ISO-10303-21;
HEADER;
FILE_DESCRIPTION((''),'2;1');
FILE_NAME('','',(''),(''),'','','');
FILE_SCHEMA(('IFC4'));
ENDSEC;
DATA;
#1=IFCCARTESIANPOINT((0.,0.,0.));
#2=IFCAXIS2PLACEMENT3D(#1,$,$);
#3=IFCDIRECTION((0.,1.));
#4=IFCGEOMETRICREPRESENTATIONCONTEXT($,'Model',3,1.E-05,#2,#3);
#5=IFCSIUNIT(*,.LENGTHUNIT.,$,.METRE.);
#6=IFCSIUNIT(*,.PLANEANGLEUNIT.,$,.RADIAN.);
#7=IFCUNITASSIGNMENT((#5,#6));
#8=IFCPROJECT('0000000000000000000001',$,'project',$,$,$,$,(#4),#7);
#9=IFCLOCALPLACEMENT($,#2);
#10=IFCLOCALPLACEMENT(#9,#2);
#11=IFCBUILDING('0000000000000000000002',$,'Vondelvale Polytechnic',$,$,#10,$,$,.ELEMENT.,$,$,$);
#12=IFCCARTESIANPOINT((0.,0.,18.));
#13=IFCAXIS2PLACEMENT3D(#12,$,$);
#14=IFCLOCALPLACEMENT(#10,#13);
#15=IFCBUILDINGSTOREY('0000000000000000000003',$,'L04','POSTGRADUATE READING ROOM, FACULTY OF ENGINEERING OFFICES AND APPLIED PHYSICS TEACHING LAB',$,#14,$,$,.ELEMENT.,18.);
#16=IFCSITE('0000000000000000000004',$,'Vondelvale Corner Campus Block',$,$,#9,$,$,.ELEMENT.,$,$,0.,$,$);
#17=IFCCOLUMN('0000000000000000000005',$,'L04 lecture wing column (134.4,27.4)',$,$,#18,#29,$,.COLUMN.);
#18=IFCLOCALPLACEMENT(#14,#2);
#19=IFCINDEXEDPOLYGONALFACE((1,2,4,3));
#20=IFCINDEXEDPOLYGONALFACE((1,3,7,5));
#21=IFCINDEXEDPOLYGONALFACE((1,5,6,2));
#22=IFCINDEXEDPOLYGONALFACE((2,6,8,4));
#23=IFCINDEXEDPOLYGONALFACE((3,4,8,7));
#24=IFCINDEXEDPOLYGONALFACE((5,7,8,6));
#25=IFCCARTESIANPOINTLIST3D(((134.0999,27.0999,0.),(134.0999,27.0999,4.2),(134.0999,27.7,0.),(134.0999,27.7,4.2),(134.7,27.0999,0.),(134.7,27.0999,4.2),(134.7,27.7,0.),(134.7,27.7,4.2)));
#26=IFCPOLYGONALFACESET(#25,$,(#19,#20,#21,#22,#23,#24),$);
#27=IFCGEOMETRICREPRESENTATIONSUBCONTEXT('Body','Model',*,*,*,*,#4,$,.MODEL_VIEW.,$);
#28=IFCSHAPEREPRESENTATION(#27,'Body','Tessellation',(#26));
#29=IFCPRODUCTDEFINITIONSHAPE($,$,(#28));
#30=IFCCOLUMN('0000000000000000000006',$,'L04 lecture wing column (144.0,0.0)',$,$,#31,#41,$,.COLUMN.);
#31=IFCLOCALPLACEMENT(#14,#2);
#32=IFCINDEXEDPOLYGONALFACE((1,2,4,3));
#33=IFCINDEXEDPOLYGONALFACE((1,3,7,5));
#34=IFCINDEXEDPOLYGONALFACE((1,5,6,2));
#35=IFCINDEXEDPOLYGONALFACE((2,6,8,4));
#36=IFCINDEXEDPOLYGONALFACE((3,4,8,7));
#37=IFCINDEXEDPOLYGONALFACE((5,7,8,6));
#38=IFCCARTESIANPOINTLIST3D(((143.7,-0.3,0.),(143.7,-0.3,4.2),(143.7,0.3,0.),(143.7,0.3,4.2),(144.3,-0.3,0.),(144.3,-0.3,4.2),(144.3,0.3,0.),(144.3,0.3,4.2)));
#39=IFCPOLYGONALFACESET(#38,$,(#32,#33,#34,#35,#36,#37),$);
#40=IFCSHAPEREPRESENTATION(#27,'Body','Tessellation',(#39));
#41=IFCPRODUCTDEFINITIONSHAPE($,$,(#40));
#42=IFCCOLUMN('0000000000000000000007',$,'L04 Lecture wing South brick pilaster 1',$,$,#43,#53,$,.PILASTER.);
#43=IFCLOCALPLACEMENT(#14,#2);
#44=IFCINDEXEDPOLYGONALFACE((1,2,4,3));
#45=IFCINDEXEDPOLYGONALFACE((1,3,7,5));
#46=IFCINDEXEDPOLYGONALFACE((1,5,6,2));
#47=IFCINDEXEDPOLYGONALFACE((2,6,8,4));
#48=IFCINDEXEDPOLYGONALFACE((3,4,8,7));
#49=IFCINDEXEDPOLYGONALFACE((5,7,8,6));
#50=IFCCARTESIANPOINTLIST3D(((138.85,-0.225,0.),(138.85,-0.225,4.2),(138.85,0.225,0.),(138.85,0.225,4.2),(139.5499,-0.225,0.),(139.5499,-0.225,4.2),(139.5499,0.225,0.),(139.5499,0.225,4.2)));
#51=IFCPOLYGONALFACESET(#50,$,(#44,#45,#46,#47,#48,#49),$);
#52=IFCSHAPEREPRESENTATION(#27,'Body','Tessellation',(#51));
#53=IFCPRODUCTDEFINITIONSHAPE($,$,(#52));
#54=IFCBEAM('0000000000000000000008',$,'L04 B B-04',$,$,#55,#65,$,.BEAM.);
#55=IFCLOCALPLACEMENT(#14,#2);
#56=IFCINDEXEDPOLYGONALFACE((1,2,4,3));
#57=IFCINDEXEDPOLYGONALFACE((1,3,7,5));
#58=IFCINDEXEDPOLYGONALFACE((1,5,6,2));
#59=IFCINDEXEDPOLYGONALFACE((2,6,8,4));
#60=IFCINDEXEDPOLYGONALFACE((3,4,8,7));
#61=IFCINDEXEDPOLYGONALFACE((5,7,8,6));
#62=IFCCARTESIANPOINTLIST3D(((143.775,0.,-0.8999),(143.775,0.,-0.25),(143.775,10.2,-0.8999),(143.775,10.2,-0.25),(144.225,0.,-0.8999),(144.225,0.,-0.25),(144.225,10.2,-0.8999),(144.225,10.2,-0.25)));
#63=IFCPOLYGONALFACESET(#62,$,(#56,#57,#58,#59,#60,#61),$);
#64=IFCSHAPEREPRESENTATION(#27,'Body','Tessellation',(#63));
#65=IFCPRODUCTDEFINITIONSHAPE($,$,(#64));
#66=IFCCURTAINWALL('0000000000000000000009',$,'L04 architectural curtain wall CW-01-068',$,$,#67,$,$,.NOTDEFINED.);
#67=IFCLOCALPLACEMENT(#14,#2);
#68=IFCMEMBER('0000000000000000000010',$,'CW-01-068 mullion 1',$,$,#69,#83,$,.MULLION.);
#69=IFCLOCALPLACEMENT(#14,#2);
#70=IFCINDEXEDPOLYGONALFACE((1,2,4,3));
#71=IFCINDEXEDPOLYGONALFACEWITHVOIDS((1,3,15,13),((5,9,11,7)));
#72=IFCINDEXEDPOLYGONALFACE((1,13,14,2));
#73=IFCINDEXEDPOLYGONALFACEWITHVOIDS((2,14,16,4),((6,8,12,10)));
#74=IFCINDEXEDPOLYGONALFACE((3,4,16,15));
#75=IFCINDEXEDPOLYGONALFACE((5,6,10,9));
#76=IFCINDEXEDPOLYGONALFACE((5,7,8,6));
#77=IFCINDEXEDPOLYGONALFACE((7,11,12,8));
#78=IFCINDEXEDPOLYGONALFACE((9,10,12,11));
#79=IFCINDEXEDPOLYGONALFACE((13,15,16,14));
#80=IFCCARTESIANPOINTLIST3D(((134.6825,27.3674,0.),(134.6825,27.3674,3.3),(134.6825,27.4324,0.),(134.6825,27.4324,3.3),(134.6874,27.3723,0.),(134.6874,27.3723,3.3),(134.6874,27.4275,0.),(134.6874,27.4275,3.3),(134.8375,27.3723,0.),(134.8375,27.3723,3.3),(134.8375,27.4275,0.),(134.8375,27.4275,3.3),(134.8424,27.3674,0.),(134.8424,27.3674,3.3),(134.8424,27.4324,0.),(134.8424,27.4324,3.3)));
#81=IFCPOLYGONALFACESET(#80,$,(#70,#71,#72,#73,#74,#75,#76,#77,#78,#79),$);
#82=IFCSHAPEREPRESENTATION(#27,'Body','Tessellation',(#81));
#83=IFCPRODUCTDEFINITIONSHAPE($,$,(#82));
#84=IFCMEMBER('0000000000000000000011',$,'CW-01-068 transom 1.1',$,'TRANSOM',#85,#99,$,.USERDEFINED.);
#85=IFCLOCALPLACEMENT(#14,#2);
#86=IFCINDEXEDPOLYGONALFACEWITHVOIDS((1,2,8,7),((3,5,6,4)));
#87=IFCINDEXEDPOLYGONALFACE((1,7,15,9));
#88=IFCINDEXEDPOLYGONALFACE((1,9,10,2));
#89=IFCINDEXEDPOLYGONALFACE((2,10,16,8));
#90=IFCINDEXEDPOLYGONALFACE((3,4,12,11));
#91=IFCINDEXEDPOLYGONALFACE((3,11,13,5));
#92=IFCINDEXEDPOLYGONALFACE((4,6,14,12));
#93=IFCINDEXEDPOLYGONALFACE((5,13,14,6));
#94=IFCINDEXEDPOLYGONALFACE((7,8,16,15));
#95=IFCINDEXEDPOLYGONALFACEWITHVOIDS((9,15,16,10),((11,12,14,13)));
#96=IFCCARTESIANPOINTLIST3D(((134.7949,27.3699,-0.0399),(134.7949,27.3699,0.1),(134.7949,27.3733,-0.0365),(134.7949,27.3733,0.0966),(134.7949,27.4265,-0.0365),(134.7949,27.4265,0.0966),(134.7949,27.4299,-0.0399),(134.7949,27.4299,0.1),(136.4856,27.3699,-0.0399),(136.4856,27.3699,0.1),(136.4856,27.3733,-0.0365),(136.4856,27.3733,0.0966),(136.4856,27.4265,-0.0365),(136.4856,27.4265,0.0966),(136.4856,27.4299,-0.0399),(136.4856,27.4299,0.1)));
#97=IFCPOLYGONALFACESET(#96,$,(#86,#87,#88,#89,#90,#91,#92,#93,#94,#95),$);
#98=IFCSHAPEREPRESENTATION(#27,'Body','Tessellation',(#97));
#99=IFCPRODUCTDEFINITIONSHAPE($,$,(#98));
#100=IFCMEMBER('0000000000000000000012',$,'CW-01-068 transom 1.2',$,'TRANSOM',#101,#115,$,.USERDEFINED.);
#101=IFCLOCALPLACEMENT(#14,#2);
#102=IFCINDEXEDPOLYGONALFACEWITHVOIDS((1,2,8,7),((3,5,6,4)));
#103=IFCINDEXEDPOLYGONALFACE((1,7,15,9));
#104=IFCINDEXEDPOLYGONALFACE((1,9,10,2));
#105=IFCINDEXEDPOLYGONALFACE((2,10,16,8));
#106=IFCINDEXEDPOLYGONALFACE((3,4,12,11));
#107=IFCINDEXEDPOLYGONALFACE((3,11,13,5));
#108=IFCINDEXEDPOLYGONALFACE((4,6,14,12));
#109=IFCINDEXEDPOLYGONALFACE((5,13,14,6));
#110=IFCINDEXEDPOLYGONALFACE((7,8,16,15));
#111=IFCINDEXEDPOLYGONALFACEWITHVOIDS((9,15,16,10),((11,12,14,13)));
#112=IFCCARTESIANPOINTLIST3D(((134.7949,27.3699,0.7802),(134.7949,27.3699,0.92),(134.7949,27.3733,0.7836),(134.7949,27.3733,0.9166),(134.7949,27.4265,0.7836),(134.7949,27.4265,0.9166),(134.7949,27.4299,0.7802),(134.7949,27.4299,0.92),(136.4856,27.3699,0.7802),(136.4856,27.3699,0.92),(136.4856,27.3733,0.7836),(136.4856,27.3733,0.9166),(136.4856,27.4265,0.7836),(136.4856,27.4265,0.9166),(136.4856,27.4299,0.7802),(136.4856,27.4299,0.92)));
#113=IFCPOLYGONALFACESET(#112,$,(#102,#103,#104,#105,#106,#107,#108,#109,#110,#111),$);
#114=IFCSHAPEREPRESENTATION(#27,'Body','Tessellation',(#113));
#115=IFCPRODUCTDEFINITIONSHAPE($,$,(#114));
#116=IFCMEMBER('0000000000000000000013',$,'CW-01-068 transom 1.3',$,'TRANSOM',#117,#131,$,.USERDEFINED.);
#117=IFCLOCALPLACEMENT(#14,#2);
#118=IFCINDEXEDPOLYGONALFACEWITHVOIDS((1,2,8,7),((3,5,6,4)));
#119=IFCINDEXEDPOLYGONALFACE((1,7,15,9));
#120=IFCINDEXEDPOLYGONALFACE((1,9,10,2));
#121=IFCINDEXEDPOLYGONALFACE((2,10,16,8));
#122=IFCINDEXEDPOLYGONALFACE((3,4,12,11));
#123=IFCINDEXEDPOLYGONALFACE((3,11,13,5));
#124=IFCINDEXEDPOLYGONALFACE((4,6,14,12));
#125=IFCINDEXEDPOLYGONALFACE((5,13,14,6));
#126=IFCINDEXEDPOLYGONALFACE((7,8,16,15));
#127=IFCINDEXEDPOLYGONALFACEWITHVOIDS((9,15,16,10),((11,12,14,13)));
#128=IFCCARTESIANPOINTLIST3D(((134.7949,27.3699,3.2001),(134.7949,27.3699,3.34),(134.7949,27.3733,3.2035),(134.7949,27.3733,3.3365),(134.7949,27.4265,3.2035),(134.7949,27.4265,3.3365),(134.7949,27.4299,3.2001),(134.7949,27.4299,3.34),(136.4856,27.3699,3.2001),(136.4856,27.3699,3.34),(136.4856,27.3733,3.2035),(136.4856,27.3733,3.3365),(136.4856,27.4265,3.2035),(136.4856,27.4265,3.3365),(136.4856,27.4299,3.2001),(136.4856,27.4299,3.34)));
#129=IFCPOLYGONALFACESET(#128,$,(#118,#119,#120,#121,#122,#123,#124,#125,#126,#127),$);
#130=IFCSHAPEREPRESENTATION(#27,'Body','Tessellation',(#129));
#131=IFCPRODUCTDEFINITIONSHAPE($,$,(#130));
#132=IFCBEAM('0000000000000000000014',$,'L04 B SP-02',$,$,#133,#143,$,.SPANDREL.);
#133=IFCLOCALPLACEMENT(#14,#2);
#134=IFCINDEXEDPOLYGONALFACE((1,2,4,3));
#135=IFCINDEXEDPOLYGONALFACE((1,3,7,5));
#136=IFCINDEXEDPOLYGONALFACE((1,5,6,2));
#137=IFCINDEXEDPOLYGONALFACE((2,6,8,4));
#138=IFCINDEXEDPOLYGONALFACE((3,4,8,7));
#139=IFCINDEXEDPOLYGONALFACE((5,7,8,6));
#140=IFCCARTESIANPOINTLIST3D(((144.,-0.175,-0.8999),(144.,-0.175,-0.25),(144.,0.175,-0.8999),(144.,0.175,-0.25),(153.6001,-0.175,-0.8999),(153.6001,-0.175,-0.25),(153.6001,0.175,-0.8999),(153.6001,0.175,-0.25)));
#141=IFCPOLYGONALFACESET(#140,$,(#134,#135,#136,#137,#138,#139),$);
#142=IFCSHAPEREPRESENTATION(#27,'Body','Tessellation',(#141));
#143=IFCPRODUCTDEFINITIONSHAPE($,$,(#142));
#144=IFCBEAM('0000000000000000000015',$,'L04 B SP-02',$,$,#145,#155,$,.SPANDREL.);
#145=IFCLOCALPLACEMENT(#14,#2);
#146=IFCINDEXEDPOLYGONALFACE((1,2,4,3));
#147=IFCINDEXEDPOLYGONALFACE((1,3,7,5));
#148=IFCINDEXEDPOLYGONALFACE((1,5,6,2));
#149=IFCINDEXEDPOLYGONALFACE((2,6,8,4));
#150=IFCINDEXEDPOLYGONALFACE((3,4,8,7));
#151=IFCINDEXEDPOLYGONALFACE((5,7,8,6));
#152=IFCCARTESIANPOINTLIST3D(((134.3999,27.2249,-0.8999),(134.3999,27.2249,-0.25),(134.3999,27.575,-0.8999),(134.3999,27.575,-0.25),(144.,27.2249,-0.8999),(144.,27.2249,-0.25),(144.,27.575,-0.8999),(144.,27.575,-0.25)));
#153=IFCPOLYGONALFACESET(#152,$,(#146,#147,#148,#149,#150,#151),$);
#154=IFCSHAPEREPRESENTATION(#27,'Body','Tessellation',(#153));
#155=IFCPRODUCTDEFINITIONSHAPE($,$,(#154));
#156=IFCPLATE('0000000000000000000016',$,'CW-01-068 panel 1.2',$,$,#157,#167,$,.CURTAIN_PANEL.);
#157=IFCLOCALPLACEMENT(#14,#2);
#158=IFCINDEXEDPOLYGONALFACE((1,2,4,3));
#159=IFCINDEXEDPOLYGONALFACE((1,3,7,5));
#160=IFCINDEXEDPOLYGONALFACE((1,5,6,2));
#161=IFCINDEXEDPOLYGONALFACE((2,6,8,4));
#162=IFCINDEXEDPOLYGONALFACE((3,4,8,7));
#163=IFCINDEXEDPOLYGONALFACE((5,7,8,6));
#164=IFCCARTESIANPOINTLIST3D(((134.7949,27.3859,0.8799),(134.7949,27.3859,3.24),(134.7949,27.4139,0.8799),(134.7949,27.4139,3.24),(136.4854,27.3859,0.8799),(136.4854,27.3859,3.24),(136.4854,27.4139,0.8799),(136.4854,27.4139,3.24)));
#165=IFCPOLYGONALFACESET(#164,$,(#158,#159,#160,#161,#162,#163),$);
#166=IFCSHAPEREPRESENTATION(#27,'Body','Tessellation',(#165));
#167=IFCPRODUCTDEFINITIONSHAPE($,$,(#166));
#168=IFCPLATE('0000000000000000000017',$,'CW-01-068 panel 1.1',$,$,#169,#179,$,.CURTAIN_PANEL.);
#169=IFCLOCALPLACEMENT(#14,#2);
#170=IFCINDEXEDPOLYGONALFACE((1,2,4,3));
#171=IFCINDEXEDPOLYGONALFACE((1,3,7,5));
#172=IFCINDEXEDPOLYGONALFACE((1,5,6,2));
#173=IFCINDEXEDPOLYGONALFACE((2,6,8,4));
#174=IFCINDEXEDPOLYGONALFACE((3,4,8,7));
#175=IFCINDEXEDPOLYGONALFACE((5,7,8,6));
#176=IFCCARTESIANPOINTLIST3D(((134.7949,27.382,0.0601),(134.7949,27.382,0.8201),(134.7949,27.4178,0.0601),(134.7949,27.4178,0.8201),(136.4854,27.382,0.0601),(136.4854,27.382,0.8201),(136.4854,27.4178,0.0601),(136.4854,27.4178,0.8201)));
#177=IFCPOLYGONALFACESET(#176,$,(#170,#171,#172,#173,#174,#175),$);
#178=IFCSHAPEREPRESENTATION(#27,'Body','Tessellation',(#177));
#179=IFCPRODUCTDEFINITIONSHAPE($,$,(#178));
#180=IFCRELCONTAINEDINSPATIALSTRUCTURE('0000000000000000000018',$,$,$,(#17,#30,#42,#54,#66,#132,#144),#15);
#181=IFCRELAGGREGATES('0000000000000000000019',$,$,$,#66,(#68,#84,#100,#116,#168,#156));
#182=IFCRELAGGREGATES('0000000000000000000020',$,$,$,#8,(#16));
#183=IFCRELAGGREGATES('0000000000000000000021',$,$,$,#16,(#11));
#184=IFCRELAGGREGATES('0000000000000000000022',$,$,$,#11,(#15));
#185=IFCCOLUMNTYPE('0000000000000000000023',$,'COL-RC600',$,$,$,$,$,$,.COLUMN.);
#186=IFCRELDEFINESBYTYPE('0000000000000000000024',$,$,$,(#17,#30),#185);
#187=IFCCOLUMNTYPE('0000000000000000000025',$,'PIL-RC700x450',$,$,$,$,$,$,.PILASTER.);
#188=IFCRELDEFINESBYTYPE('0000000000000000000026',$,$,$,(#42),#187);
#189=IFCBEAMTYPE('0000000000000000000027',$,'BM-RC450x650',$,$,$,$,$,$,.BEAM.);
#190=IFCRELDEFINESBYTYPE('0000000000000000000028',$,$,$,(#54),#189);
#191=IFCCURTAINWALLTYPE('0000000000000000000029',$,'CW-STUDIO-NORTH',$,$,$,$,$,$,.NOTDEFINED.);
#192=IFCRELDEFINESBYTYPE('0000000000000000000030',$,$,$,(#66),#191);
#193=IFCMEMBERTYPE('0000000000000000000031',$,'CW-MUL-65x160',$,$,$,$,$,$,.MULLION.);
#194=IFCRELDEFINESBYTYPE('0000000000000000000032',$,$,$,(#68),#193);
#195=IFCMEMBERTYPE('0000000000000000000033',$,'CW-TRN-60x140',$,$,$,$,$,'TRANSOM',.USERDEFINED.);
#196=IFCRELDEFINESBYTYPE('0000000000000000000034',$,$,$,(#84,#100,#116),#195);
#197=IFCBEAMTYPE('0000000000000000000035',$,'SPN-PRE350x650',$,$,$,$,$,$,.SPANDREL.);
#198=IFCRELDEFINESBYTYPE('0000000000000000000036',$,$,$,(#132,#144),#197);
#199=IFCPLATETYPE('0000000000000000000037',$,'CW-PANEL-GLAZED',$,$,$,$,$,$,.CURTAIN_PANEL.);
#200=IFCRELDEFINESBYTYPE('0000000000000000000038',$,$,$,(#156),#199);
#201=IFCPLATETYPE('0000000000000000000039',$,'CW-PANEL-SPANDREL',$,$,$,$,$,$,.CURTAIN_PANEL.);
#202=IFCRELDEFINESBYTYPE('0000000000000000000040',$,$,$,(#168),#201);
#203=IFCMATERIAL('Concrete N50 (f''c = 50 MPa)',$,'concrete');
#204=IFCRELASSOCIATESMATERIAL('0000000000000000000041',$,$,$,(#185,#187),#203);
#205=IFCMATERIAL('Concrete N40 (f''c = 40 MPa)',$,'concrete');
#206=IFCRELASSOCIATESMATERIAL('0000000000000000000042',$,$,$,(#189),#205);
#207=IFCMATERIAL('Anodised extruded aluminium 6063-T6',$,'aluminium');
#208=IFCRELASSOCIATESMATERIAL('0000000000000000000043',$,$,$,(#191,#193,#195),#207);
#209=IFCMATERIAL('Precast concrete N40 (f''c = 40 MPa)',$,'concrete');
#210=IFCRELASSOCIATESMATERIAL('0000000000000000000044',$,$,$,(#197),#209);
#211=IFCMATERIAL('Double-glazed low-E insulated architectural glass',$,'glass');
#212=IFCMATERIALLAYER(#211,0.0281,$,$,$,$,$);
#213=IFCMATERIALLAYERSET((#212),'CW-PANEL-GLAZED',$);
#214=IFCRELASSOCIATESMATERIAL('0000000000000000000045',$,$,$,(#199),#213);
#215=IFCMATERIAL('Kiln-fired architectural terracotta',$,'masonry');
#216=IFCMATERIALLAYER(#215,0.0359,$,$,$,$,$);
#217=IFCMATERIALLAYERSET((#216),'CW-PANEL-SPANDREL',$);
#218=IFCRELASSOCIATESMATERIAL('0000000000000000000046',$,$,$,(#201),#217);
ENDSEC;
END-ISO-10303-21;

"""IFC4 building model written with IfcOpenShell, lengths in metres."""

from ifc_helpers import new_model, si_unit, direction, frame, origin, origin_2d, place, context, subcontext, project, spatial, rectangle, hollow_rectangle, extrude, material, layer, layer_set, material_profile, profile_set, type_object, element, aggregate, save


model = new_model("IFC4")

# Units and contexts
model_context = context("Model", 3, precision=1e-05, world=origin(), true_north=direction((0.0, 1.0)))
body_context = subcontext(model_context, "Body", "Model", "MODEL_VIEW")
ifc_project = project(units=[si_unit("LENGTHUNIT", "METRE"), si_unit("PLANEANGLEUNIT", "RADIAN")], contexts=[model_context])

# Site, building, storey
site_placement = place(None, origin())
site = spatial("IfcSite", under=ifc_project, at=site_placement, Name="Vondelvale Corner Campus Block", CompositionType="ELEMENT", RefElevation=0.0)
building_placement = place(site_placement, origin())
building = spatial("IfcBuilding", under=site, at=building_placement, Name="Vondelvale Polytechnic", CompositionType="ELEMENT")
storey_placement = place(building_placement, frame((0.0, 0.0, 18.0)))
storey = spatial("IfcBuildingStorey", under=building, at=storey_placement, Name="L04", Description="POSTGRADUATE READING ROOM, FACULTY OF ENGINEERING OFFICES AND APPLIED PHYSICS TEACHING LAB", CompositionType="ELEMENT", Elevation=18.0)

# Columns
ifc_material_1 = material(Name="Concrete N50 (f'c = 50 MPa)", Category="concrete")
ifc_material_profile_1 = material_profile(ifc_material_1, rectangle(XDim=0.6001, YDim=0.6001, at=origin_2d()), Name="RC-COL-600x600")
ifc_profile_set_1 = profile_set([ifc_material_profile_1], Name="Concrete N50 (f'c = 50 MPa)")
column_type_1 = type_object("IfcColumnType", Name="COL-RC600", PredefinedType="COLUMN", material=ifc_profile_set_1)
for number, where, z_axis, x_axis, name in (
    (1, (134.3999, 27.3999, 0.0), (0.0, 0.0, 1.0), (1.0, 0.0, 0.0), "L04 lecture wing column (134.4,27.4)"),
    (2, (144.0, 0.0, 0.0), (0.0, 0.0, 1.0), (1.0, 0.0, 0.0), "L04 lecture wing column (144.0,0.0)"),
):
    element("IfcColumn", number, at=place(storey_placement, frame(where, z_axis=z_axis, x_axis=x_axis)), inside=storey, type_object=column_type_1, Name=name, PredefinedType="COLUMN", context=body_context, shape_type="SweptSolid", body=[
        extrude(rectangle(XDim=0.6001, YDim=0.6001, at=origin_2d()), origin(), (0.0, 0.0, 1.0), 4.2),
    ])
ifc_material_profile_2 = material_profile(ifc_material_1, rectangle(XDim=0.45, YDim=0.7, at=origin_2d()), Name="RC-PIL-700x450")
ifc_profile_set_2 = profile_set([ifc_material_profile_2], Name="Concrete N50 (f'c = 50 MPa)")
column_type_2 = type_object("IfcColumnType", Name="PIL-RC700x450", PredefinedType="PILASTER", material=ifc_profile_set_2)
column_placement = place(storey_placement, frame((139.2, 0.0, 0.0), z_axis=(0.0, 0.0, 1.0), x_axis=(0.0, 1.0, 0.0)))
element("IfcColumn", 3, at=column_placement, inside=storey, type_object=column_type_2, Name="L04 Lecture wing South brick pilaster 1", PredefinedType="PILASTER", context=body_context, shape_type="SweptSolid", body=[
    extrude(rectangle(XDim=0.45, YDim=0.7, at=origin_2d()), origin(), (0.0, 0.0, 1.0), 4.2),
])

# Beam
ifc_material_2 = material(Name="Concrete N40 (f'c = 40 MPa)", Category="concrete")
ifc_material_profile_3 = material_profile(ifc_material_2, rectangle(XDim=0.45, YDim=0.6499, at=origin_2d()), Name="RC-BM-450x650")
ifc_profile_set_3 = profile_set([ifc_material_profile_3], Name="Concrete N40 (f'c = 40 MPa)")
beam_type_1 = type_object("IfcBeamType", Name="BM-RC450x650", PredefinedType="BEAM", material=ifc_profile_set_3)
beam_placement = place(storey_placement, frame((144.0, 0.0, -0.575), z_axis=(0.0, 1.0, 0.0), x_axis=(-1.0, 0.0, 0.0)))
element("IfcBeam", 4, at=beam_placement, inside=storey, type_object=beam_type_1, Name="L04 B B-04", PredefinedType="BEAM", context=body_context, shape_type="SweptSolid", body=[
    extrude(rectangle(XDim=0.45, YDim=0.6499, at=origin_2d()), origin(), (0.0, 0.0, 1.0), 10.2),
])

# Curtain wall, members
ifc_material_3 = material(Name="Anodised extruded aluminium 6063-T6", Category="aluminium")
curtain_wall_type = type_object("IfcCurtainWallType", Name="CW-STUDIO-NORTH", PredefinedType="NOTDEFINED", material=ifc_material_3)
curtain_wall_placement = place(storey_placement, origin())
curtain_wall = element("IfcCurtainWall", 5, at=curtain_wall_placement, inside=storey, type_object=curtain_wall_type, Name="L04 architectural curtain wall CW-01-068", PredefinedType="NOTDEFINED")
ifc_material_profile_4 = material_profile(ifc_material_3, hollow_rectangle(XDim=0.0649, YDim=0.1599, WallThickness=0.0049, at=origin_2d()), Name="CW-MUL-160x65")
ifc_profile_set_4 = profile_set([ifc_material_profile_4], Name="Anodised extruded aluminium 6063-T6")
member_type_1 = type_object("IfcMemberType", Name="CW-MUL-65x160", PredefinedType="MULLION", material=ifc_profile_set_4)
member_1_placement = place(storey_placement, frame((134.7625, 27.3999, 0.0), z_axis=(0.0, 0.0, 1.0), x_axis=(0.0, 1.0, 0.0)))
member_1 = element("IfcMember", 6, at=member_1_placement, type_object=member_type_1, Name="CW-01-068 mullion 1", PredefinedType="MULLION", context=body_context, shape_type="SweptSolid", body=[
    extrude(hollow_rectangle(XDim=0.0649, YDim=0.1599, WallThickness=0.0049, at=origin_2d()), origin(), (0.0, 0.0, 1.0), 3.3),
])
ifc_material_profile_5 = material_profile(ifc_material_3, hollow_rectangle(XDim=0.0601, YDim=0.1399, WallThickness=0.0034, at=origin_2d()), Name="CW-TRN-140x60")
ifc_profile_set_5 = profile_set([ifc_material_profile_5], Name="Anodised extruded aluminium 6063-T6")
member_type_2 = type_object("IfcMemberType", Name="CW-TRN-60x140", ElementType="TRANSOM", PredefinedType="USERDEFINED", material=ifc_profile_set_5)
member_2_placement = place(storey_placement, frame((134.7949, 27.3999, 0.03), z_axis=(1.0, 0.0, 0.0), x_axis=(0.0, 1.0, 0.0)))
member_2 = element("IfcMember", 7, at=member_2_placement, type_object=member_type_2, Name="CW-01-068 transom 1.1", ObjectType="TRANSOM", PredefinedType="USERDEFINED", context=body_context, shape_type="SweptSolid", body=[
    extrude(hollow_rectangle(XDim=0.0601, YDim=0.1399, WallThickness=0.0034, at=origin_2d()), origin(), (0.0, 0.0, 1.0), 1.6907),
])
member_3_placement = place(storey_placement, frame((134.7949, 27.3999, 0.8501), z_axis=(1.0, 0.0, 0.0), x_axis=(0.0, 1.0, 0.0)))
member_3 = element("IfcMember", 8, at=member_3_placement, type_object=member_type_2, Name="CW-01-068 transom 1.2", ObjectType="TRANSOM", PredefinedType="USERDEFINED", context=body_context, shape_type="SweptSolid", body=[
    extrude(hollow_rectangle(XDim=0.0601, YDim=0.1399, WallThickness=0.0034, at=origin_2d()), origin(), (0.0, 0.0, 1.0), 1.6907),
])
member_4_placement = place(storey_placement, frame((134.7949, 27.3999, 3.27), z_axis=(1.0, 0.0, 0.0), x_axis=(0.0, 1.0, 0.0)))
member_4 = element("IfcMember", 9, at=member_4_placement, type_object=member_type_2, Name="CW-01-068 transom 1.3", ObjectType="TRANSOM", PredefinedType="USERDEFINED", context=body_context, shape_type="SweptSolid", body=[
    extrude(hollow_rectangle(XDim=0.0601, YDim=0.1399, WallThickness=0.0034, at=origin_2d()), origin(), (0.0, 0.0, 1.0), 1.6907),
])

# Beams
ifc_material_4 = material(Name="Precast concrete N40 (f'c = 40 MPa)", Category="concrete")
ifc_material_profile_6 = material_profile(ifc_material_4, rectangle(XDim=0.3501, YDim=0.6499, at=origin_2d()), Name="RC-SPN-350x650")
ifc_profile_set_6 = profile_set([ifc_material_profile_6], Name="Precast concrete N40 (f'c = 40 MPa)")
beam_type_2 = type_object("IfcBeamType", Name="SPN-PRE350x650", PredefinedType="SPANDREL", material=ifc_profile_set_6)
for number, where, z_axis, x_axis, name in (
    (10, (144.0, 0.0, -0.575), (1.0, 0.0, 0.0), (0.0, 1.0, 0.0), "L04 B SP-02"),
    (11, (134.3999, 27.3999, -0.575), (1.0, 0.0, 0.0), (0.0, 1.0, 0.0), "L04 B SP-02"),
):
    element("IfcBeam", number, at=place(storey_placement, frame(where, z_axis=z_axis, x_axis=x_axis)), inside=storey, type_object=beam_type_2, Name=name, PredefinedType="SPANDREL", context=body_context, shape_type="SweptSolid", body=[
        extrude(rectangle(XDim=0.3501, YDim=0.6499, at=origin_2d()), origin(), (0.0, 0.0, 1.0), 9.6001),
    ])

# Plates
ifc_material_5 = material(Name="Double-glazed low-E insulated architectural glass", Category="glass")
ifc_layer_1 = layer(ifc_material_5, 0.0281)
ifc_layer_set_1 = layer_set([ifc_layer_1], Name="CW-PANEL-GLAZED")
plate_type_1 = type_object("IfcPlateType", Name="CW-PANEL-GLAZED", PredefinedType="CURTAIN_PANEL", material=ifc_layer_set_1)
plate_1_placement = place(storey_placement, frame((135.6401, 27.3999, 0.8799), z_axis=(0.0, 0.0, 1.0), x_axis=(1.0, 0.0, 0.0)))
plate_1 = element("IfcPlate", 12, at=plate_1_placement, type_object=plate_type_1, Name="CW-01-068 panel 1.2", PredefinedType="CURTAIN_PANEL", context=body_context, shape_type="SweptSolid", body=[
    extrude(rectangle(XDim=1.6904, YDim=0.0281, at=origin_2d()), origin(), (0.0, 0.0, 1.0), 2.3601),
])
ifc_material_6 = material(Name="Kiln-fired architectural terracotta", Category="masonry")
ifc_layer_2 = layer(ifc_material_6, 0.0359)
ifc_layer_set_2 = layer_set([ifc_layer_2], Name="CW-PANEL-SPANDREL")
plate_type_2 = type_object("IfcPlateType", Name="CW-PANEL-SPANDREL", PredefinedType="CURTAIN_PANEL", material=ifc_layer_set_2)
plate_2_placement = place(storey_placement, frame((135.6401, 27.3999, 0.0601), z_axis=(0.0, 0.0, 1.0), x_axis=(1.0, 0.0, 0.0)))
plate_2 = element("IfcPlate", 13, at=plate_2_placement, type_object=plate_type_2, Name="CW-01-068 panel 1.1", PredefinedType="CURTAIN_PANEL", context=body_context, shape_type="SweptSolid", body=[
    extrude(rectangle(XDim=1.6904, YDim=0.0359, at=origin_2d()), origin(), (0.0, 0.0, 1.0), 0.76),
])
aggregate(curtain_wall, [member_1, member_2, member_3, member_4, plate_2, plate_1])

save(model, "model.ifc")
